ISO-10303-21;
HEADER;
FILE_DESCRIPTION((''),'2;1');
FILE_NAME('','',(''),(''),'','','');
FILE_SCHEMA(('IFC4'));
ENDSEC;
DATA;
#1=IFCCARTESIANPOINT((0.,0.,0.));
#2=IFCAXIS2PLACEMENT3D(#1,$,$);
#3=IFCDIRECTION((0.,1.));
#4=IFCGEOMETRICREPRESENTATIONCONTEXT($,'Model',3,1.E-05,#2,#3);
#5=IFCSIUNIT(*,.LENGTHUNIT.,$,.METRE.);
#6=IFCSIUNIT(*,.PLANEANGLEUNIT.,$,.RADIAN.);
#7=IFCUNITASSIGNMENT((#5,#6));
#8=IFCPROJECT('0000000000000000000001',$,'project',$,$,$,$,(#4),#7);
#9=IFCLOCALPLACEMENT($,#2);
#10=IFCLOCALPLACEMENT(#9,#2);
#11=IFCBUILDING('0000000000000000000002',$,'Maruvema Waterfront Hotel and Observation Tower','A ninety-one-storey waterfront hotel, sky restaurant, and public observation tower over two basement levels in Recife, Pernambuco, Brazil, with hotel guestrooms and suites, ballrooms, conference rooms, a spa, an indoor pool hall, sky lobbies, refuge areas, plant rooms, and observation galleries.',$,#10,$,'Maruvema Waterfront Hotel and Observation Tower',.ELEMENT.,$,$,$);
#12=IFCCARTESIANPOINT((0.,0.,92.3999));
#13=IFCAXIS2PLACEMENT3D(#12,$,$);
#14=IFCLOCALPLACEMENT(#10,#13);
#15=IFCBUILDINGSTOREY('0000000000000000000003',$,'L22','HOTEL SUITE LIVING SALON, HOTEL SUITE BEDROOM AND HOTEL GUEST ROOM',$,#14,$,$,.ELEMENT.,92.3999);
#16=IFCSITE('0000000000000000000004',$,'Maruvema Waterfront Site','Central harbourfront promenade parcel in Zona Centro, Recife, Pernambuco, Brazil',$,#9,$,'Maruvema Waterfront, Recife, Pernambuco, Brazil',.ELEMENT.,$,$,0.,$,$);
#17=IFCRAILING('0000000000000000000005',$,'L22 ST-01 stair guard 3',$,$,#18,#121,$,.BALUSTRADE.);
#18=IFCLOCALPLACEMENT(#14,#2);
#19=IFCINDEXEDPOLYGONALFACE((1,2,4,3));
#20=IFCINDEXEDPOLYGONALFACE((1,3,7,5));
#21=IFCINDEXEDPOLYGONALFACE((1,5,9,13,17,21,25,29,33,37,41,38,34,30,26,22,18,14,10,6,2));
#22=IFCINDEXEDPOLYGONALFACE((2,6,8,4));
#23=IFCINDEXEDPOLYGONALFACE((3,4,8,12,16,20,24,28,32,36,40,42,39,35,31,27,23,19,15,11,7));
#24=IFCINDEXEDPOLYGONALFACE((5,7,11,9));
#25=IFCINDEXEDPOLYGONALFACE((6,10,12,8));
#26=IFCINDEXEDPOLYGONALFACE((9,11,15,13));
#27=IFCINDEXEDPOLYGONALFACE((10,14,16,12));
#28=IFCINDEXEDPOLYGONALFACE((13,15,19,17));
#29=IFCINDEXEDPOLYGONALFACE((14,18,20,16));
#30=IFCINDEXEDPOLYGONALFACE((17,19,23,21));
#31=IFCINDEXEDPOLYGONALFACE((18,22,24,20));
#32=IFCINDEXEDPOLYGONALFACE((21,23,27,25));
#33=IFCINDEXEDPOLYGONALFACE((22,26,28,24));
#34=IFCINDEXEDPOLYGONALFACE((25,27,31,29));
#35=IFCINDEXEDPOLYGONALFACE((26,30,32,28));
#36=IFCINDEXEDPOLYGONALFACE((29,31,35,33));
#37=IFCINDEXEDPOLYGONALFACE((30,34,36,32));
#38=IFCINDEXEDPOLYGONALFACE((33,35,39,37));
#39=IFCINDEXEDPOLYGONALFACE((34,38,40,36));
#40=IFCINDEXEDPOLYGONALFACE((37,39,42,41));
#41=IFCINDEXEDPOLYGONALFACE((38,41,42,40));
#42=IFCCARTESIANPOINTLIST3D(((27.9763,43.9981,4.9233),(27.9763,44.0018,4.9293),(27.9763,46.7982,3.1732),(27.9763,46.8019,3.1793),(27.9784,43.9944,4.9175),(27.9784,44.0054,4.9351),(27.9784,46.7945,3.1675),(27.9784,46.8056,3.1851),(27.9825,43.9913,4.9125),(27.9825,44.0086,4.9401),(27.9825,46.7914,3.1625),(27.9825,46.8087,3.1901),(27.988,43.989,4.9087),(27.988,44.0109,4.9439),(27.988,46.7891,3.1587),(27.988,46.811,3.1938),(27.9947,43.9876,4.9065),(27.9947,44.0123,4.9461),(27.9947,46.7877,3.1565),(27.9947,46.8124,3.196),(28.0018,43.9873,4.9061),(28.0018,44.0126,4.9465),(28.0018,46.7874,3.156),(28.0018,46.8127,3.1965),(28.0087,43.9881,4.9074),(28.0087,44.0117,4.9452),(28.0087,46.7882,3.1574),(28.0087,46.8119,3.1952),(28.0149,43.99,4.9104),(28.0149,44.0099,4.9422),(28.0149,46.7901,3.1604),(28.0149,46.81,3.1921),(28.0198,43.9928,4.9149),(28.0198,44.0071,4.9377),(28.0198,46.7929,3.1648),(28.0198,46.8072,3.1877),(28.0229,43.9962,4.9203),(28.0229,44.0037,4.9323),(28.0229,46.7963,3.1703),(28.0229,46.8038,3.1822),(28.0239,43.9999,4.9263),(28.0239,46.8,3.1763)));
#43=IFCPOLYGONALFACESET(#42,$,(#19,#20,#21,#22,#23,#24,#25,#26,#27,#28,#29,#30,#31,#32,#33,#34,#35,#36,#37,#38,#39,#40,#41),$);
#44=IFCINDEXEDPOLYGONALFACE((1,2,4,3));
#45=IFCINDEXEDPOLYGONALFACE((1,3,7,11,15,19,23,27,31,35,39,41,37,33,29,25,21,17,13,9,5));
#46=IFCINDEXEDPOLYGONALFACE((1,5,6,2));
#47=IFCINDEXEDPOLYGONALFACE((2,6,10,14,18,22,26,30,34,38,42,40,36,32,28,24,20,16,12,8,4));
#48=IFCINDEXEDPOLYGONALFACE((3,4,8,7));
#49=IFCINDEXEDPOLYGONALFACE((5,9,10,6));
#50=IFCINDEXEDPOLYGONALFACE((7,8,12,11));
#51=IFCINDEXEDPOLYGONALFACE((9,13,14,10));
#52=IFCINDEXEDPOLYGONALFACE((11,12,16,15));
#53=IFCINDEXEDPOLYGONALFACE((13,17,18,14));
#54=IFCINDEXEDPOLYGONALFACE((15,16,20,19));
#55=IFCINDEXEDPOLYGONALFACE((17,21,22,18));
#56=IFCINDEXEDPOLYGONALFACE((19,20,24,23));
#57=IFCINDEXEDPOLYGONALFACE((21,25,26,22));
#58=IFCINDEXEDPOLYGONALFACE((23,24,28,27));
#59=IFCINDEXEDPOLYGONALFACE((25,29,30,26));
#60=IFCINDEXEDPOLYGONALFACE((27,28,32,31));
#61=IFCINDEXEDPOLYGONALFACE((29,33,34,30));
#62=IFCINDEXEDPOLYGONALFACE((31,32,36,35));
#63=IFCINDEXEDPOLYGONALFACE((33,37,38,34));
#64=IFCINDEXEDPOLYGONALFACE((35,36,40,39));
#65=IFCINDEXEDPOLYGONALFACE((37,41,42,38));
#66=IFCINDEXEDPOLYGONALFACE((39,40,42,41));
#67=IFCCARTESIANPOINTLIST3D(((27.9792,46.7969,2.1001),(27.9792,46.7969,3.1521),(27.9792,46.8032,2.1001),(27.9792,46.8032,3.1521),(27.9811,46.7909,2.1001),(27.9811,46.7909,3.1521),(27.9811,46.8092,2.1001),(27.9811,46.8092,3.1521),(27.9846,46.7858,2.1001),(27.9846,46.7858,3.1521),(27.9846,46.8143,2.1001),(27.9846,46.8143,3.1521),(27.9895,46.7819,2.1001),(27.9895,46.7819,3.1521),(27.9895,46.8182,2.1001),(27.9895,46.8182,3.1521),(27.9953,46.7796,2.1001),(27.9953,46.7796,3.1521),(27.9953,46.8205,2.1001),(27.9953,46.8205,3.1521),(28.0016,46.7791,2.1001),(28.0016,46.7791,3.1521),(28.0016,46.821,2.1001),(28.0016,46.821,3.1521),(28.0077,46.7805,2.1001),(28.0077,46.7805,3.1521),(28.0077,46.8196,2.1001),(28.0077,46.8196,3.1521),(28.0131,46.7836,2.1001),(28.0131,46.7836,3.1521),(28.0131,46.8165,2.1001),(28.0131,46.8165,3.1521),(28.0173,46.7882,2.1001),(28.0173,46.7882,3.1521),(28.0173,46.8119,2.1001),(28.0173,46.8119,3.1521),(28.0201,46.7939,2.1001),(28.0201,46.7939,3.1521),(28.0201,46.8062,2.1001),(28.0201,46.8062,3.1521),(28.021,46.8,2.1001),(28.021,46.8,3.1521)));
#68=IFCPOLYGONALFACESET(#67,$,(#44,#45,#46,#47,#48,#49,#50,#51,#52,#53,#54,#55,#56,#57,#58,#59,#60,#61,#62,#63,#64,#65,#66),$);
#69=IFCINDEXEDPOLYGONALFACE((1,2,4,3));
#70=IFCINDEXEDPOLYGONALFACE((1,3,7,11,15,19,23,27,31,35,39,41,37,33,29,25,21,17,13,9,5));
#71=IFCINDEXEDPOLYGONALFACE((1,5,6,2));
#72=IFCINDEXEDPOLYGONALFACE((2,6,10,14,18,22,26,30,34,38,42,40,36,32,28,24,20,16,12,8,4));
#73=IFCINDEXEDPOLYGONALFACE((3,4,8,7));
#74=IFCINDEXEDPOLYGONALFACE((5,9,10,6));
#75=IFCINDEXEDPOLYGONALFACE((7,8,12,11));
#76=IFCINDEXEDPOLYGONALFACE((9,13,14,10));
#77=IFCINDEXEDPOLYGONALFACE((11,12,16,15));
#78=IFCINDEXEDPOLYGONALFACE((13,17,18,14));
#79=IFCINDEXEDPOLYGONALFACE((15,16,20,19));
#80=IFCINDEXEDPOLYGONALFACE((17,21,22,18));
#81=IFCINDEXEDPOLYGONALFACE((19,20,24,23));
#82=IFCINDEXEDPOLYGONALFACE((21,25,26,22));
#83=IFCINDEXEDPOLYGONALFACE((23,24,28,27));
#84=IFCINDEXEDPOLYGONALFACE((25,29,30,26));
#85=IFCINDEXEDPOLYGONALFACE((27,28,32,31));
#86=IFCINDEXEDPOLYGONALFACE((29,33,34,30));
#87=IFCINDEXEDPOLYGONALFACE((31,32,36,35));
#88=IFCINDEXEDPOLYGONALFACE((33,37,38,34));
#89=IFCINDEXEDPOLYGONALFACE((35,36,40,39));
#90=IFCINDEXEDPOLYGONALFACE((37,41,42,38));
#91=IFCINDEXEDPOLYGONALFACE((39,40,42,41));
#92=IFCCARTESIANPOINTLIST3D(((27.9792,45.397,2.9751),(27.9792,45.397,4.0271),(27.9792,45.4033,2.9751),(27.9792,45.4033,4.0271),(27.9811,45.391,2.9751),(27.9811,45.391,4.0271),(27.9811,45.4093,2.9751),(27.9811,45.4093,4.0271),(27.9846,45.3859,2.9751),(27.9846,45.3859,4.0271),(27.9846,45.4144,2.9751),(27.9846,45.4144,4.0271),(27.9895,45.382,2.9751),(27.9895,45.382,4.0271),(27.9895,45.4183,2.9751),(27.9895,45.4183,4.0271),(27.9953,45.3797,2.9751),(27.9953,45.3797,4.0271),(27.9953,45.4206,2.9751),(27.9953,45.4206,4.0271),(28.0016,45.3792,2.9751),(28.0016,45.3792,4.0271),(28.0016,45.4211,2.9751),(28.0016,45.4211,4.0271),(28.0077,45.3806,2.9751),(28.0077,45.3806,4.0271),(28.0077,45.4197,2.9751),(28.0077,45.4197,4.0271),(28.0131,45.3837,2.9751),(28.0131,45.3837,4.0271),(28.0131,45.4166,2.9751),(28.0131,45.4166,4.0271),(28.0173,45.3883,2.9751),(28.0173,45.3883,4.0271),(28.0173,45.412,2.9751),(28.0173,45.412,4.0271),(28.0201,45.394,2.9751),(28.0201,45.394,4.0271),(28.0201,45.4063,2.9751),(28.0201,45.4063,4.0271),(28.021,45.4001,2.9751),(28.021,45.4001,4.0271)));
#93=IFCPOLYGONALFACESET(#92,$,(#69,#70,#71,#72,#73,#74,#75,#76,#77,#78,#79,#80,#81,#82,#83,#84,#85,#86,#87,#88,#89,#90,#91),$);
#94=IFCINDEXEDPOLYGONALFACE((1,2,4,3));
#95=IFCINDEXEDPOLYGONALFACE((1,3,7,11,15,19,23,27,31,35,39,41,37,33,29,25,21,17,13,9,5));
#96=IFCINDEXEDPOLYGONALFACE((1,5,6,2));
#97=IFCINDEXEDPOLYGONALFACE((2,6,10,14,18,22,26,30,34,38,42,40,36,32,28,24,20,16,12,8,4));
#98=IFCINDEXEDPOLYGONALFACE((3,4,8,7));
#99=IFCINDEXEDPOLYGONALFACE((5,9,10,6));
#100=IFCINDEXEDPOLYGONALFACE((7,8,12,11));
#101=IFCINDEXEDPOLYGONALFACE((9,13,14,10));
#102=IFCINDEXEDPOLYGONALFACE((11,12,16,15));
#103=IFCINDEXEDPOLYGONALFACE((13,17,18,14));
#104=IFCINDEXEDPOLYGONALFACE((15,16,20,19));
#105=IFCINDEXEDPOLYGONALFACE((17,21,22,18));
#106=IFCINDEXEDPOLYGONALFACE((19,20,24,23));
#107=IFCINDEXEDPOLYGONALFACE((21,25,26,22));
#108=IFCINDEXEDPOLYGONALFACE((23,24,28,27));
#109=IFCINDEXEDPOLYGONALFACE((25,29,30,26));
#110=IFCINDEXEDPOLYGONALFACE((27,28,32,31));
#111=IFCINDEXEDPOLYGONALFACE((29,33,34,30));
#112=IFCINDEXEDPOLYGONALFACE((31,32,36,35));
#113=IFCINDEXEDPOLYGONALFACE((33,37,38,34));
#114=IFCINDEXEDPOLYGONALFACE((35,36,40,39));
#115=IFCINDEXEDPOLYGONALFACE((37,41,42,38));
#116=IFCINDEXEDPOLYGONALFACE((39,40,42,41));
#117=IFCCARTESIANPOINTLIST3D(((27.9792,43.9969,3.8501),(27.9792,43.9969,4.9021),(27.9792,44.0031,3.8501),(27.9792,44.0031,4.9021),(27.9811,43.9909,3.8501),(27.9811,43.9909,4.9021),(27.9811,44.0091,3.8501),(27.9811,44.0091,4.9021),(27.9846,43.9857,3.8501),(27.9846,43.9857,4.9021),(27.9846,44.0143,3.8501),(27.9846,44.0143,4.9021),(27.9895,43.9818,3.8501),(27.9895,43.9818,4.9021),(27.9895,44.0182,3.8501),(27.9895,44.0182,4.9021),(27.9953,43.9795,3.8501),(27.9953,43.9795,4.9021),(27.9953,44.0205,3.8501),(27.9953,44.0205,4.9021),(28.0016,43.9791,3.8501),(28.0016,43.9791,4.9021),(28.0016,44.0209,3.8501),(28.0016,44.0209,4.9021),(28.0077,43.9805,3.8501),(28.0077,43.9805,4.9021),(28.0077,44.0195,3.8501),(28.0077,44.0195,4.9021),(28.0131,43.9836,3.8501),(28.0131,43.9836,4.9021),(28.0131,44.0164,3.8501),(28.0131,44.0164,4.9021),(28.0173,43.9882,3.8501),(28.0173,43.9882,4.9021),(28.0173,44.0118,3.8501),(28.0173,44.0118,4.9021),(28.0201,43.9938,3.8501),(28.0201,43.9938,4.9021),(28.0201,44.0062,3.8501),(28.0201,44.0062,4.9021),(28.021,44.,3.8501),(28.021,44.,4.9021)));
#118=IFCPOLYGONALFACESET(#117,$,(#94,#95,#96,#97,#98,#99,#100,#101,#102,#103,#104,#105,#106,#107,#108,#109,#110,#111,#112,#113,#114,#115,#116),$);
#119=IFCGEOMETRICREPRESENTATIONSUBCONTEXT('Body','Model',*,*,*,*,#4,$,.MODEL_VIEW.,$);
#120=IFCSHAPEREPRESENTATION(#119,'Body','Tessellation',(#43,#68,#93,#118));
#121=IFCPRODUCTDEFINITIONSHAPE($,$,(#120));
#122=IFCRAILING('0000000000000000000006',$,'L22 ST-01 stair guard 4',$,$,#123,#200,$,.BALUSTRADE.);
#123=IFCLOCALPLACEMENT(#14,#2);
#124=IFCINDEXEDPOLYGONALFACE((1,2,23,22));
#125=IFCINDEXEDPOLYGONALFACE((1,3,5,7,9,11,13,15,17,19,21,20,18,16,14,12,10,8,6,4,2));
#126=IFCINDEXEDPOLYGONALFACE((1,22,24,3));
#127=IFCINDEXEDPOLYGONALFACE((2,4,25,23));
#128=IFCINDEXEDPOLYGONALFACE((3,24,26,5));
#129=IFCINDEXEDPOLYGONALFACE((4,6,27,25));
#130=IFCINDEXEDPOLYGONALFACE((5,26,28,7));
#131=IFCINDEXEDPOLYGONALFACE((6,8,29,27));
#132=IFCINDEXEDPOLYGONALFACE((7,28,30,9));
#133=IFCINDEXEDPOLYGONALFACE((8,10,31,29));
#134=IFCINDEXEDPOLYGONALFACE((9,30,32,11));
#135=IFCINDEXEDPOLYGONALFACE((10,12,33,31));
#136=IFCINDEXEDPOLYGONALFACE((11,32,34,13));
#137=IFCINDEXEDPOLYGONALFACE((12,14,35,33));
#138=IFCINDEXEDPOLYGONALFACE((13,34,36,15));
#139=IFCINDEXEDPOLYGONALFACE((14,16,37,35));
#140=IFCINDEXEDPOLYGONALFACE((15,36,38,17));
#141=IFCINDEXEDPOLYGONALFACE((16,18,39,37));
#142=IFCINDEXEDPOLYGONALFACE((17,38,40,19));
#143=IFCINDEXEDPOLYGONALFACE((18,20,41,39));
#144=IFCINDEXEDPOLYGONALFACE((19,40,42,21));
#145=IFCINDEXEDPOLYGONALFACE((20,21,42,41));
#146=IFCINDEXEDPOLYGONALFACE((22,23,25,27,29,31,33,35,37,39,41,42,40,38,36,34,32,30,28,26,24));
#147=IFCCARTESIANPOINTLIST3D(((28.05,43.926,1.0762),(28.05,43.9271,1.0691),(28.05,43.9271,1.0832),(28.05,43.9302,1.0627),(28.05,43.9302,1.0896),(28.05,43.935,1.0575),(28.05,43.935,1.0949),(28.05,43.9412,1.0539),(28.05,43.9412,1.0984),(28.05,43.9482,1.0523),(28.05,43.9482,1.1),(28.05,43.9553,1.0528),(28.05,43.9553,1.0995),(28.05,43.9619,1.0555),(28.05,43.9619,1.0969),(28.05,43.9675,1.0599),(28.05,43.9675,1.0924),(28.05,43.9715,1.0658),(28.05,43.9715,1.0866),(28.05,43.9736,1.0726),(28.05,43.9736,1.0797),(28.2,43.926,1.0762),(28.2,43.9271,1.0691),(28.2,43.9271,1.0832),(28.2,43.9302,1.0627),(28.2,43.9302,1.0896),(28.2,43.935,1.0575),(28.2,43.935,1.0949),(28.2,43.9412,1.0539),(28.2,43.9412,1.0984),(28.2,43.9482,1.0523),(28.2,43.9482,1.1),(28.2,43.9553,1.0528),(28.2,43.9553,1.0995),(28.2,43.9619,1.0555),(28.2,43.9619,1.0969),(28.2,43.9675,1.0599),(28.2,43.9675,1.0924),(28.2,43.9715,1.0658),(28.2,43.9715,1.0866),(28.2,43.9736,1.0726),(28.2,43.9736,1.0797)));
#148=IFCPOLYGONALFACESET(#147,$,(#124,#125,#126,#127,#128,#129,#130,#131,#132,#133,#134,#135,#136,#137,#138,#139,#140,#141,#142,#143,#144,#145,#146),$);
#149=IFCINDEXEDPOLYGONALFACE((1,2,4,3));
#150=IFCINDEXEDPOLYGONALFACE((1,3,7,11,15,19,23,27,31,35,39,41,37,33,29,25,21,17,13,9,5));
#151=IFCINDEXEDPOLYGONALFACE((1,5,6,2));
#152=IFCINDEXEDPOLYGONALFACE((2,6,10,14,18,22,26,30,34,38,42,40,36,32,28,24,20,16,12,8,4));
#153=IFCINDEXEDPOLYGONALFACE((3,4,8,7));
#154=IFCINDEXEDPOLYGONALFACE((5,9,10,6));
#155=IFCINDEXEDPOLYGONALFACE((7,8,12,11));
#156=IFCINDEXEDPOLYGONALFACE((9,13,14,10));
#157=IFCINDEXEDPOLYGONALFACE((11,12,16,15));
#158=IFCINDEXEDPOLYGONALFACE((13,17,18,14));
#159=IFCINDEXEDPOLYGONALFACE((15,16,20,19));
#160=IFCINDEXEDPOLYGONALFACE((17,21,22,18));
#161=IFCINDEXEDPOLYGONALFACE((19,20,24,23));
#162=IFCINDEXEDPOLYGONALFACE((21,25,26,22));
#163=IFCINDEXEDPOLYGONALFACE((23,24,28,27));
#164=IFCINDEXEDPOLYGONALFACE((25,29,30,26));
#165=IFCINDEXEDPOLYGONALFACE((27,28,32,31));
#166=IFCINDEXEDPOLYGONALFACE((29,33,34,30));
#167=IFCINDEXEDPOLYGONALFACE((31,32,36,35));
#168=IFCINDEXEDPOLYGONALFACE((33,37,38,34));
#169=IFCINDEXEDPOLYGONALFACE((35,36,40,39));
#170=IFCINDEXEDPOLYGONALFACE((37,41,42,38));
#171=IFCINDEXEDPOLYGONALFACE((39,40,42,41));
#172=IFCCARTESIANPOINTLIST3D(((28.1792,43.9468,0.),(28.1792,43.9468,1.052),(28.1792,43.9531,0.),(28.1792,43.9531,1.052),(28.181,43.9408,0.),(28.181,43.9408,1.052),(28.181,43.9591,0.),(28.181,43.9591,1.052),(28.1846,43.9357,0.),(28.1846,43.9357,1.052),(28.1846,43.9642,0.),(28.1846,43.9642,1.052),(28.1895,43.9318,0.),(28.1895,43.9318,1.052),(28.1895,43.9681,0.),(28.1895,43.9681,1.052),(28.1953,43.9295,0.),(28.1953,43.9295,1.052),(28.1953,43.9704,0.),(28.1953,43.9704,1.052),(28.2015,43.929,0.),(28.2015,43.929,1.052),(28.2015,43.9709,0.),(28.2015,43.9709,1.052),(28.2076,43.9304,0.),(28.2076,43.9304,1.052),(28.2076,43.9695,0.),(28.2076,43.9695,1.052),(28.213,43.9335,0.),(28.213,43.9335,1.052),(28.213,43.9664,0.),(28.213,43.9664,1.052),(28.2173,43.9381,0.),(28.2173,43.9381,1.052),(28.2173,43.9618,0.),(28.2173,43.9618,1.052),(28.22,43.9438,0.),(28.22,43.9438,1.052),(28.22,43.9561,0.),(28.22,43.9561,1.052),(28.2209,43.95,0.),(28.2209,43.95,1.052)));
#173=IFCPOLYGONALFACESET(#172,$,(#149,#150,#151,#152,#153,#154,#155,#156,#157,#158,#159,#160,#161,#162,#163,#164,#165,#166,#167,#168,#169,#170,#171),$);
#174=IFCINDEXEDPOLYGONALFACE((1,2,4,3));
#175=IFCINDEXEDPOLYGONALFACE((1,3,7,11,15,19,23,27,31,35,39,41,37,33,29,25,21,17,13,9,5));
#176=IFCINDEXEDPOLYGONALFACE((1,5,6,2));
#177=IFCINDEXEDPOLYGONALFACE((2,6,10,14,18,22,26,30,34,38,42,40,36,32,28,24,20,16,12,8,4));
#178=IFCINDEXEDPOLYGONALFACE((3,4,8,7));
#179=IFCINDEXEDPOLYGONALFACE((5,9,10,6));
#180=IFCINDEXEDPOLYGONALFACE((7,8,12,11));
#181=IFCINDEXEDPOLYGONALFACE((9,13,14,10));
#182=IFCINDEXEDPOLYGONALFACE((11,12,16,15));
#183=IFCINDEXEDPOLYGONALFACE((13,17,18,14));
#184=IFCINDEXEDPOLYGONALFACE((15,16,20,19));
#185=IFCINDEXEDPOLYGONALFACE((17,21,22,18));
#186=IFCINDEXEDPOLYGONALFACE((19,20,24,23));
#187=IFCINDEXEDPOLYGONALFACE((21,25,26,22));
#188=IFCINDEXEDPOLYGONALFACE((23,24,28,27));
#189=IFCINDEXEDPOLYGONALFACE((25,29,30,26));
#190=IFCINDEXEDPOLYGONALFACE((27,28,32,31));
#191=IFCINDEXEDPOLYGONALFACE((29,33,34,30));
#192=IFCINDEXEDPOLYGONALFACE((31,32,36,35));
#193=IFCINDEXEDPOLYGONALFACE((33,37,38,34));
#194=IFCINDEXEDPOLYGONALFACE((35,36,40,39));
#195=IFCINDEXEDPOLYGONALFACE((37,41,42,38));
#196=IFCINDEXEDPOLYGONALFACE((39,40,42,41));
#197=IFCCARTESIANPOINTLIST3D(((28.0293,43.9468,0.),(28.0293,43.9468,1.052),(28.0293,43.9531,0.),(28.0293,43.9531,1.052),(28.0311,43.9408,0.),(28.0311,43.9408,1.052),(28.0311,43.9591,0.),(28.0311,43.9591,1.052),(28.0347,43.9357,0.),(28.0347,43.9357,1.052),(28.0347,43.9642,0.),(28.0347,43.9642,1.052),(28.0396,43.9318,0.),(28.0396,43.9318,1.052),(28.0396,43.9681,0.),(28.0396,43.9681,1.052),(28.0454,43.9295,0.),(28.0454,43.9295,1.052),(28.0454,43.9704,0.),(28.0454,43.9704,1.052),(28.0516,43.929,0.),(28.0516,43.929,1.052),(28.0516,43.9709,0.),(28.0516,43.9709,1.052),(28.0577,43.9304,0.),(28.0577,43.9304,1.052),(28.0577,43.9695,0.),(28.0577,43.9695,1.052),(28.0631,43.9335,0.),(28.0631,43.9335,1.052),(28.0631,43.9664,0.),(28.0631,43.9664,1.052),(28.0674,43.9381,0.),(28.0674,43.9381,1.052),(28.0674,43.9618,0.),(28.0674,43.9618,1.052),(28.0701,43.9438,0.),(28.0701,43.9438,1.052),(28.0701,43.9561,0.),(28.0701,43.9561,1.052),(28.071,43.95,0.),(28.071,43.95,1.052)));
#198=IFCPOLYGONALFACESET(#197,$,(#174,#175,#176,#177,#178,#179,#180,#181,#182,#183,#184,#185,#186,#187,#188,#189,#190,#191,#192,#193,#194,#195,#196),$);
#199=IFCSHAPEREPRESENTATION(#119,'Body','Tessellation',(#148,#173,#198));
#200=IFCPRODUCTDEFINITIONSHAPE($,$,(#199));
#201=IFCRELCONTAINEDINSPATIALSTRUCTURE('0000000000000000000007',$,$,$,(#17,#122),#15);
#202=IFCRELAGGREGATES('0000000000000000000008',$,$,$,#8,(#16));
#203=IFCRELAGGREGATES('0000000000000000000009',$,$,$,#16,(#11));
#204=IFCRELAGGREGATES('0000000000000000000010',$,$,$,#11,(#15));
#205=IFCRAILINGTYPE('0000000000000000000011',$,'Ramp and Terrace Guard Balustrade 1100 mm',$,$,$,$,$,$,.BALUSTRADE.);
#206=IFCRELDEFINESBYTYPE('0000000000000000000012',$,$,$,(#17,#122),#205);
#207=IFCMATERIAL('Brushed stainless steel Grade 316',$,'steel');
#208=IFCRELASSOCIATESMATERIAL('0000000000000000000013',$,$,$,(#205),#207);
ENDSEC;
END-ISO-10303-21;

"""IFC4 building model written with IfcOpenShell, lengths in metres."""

from ifc_helpers import new_model, si_unit, direction, frame, origin, origin_2d, place, context, subcontext, project, spatial, circle, extrude, material, type_object, element, save


model = new_model("IFC4")

# Units and contexts
model_context = context("Model", 3, precision=1e-05, world=origin(), true_north=direction((0.0, 1.0)))
body_context = subcontext(model_context, "Body", "Model", "MODEL_VIEW")
ifc_project = project(units=[si_unit("LENGTHUNIT", "METRE"), si_unit("PLANEANGLEUNIT", "RADIAN")], contexts=[model_context])

# Site, building, storey
site_placement = place(None, origin())
site = spatial("IfcSite", under=ifc_project, at=site_placement, Name="Maruvema Waterfront Site", Description="Central harbourfront promenade parcel in Zona Centro, Recife, Pernambuco, Brazil", LongName="Maruvema Waterfront, Recife, Pernambuco, Brazil", CompositionType="ELEMENT", RefElevation=0.0)
building_placement = place(site_placement, origin())
building = spatial("IfcBuilding", under=site, at=building_placement, Name="Maruvema Waterfront Hotel and Observation Tower", Description="A ninety-one-storey waterfront hotel, sky restaurant, and public observation tower over two basement levels in Recife, Pernambuco, Brazil, with hotel guestrooms and suites, ballrooms, conference rooms, a spa, an indoor pool hall, sky lobbies, refuge areas, plant rooms, and observation galleries.", LongName="Maruvema Waterfront Hotel and Observation Tower", CompositionType="ELEMENT")
storey_placement = place(building_placement, frame((0.0, 0.0, 92.3999)))
storey = spatial("IfcBuildingStorey", under=building, at=storey_placement, Name="L22", Description="HOTEL SUITE LIVING SALON, HOTEL SUITE BEDROOM AND HOTEL GUEST ROOM", CompositionType="ELEMENT", Elevation=92.3999)

# Railings
ifc_material_1 = material(Name="Brushed stainless steel Grade 316", Category="steel")
railing_type_1 = type_object("IfcRailingType", Name="Ramp and Terrace Guard Balustrade 1100 mm", PredefinedType="BALUSTRADE", material=ifc_material_1)
railing_1_placement = place(storey_placement, frame((28.0, 46.8, 2.1001)))
element("IfcRailing", 1, at=railing_1_placement, inside=storey, type_object=railing_type_1, Name="L22 ST-01 stair guard 3", PredefinedType="BALUSTRADE", context=body_context, shape_type="SweptSolid", body=[
    extrude(circle(Radius=0.0239, at=origin_2d()), frame((0.0, 0.0, 1.0762), z_axis=(0.0, -0.848002, 0.529992), x_axis=(1.0, 0.0, 0.0)), (0.0, 0.0, 1.0), 3.302),
    extrude(circle(Radius=0.021, at=origin_2d()), origin(), (0.0, 0.0, 1.0), 1.052),
    extrude(circle(Radius=0.021, at=origin_2d()), frame((0.0, -1.3999, 0.875)), (0.0, 0.0, 1.0), 1.052),
    extrude(circle(Radius=0.021, at=origin_2d()), frame((0.0, -2.8, 1.75)), (0.0, 0.0, 1.0), 1.052),
])
railing_2_placement = place(storey_placement, frame((28.2, 43.95, 0.0)))
element("IfcRailing", 2, at=railing_2_placement, inside=storey, type_object=railing_type_1, Name="L22 ST-01 stair guard 4", PredefinedType="BALUSTRADE", context=body_context, shape_type="SweptSolid", body=[
    extrude(circle(Radius=0.0239, at=origin_2d()), frame((0.0, 0.0, 1.0762), z_axis=(-1.0, 0.0, 0.0), x_axis=(0.0, -1.0, 0.0)), (0.0, 0.0, 1.0), 0.1499),
    extrude(circle(Radius=0.021, at=origin_2d()), origin(), (0.0, 0.0, 1.0), 1.052),
    extrude(circle(Radius=0.021, at=origin_2d()), frame((-0.1499, 0.0, 0.0)), (0.0, 0.0, 1.0), 1.052),
])

save(model, "model.ifc")
